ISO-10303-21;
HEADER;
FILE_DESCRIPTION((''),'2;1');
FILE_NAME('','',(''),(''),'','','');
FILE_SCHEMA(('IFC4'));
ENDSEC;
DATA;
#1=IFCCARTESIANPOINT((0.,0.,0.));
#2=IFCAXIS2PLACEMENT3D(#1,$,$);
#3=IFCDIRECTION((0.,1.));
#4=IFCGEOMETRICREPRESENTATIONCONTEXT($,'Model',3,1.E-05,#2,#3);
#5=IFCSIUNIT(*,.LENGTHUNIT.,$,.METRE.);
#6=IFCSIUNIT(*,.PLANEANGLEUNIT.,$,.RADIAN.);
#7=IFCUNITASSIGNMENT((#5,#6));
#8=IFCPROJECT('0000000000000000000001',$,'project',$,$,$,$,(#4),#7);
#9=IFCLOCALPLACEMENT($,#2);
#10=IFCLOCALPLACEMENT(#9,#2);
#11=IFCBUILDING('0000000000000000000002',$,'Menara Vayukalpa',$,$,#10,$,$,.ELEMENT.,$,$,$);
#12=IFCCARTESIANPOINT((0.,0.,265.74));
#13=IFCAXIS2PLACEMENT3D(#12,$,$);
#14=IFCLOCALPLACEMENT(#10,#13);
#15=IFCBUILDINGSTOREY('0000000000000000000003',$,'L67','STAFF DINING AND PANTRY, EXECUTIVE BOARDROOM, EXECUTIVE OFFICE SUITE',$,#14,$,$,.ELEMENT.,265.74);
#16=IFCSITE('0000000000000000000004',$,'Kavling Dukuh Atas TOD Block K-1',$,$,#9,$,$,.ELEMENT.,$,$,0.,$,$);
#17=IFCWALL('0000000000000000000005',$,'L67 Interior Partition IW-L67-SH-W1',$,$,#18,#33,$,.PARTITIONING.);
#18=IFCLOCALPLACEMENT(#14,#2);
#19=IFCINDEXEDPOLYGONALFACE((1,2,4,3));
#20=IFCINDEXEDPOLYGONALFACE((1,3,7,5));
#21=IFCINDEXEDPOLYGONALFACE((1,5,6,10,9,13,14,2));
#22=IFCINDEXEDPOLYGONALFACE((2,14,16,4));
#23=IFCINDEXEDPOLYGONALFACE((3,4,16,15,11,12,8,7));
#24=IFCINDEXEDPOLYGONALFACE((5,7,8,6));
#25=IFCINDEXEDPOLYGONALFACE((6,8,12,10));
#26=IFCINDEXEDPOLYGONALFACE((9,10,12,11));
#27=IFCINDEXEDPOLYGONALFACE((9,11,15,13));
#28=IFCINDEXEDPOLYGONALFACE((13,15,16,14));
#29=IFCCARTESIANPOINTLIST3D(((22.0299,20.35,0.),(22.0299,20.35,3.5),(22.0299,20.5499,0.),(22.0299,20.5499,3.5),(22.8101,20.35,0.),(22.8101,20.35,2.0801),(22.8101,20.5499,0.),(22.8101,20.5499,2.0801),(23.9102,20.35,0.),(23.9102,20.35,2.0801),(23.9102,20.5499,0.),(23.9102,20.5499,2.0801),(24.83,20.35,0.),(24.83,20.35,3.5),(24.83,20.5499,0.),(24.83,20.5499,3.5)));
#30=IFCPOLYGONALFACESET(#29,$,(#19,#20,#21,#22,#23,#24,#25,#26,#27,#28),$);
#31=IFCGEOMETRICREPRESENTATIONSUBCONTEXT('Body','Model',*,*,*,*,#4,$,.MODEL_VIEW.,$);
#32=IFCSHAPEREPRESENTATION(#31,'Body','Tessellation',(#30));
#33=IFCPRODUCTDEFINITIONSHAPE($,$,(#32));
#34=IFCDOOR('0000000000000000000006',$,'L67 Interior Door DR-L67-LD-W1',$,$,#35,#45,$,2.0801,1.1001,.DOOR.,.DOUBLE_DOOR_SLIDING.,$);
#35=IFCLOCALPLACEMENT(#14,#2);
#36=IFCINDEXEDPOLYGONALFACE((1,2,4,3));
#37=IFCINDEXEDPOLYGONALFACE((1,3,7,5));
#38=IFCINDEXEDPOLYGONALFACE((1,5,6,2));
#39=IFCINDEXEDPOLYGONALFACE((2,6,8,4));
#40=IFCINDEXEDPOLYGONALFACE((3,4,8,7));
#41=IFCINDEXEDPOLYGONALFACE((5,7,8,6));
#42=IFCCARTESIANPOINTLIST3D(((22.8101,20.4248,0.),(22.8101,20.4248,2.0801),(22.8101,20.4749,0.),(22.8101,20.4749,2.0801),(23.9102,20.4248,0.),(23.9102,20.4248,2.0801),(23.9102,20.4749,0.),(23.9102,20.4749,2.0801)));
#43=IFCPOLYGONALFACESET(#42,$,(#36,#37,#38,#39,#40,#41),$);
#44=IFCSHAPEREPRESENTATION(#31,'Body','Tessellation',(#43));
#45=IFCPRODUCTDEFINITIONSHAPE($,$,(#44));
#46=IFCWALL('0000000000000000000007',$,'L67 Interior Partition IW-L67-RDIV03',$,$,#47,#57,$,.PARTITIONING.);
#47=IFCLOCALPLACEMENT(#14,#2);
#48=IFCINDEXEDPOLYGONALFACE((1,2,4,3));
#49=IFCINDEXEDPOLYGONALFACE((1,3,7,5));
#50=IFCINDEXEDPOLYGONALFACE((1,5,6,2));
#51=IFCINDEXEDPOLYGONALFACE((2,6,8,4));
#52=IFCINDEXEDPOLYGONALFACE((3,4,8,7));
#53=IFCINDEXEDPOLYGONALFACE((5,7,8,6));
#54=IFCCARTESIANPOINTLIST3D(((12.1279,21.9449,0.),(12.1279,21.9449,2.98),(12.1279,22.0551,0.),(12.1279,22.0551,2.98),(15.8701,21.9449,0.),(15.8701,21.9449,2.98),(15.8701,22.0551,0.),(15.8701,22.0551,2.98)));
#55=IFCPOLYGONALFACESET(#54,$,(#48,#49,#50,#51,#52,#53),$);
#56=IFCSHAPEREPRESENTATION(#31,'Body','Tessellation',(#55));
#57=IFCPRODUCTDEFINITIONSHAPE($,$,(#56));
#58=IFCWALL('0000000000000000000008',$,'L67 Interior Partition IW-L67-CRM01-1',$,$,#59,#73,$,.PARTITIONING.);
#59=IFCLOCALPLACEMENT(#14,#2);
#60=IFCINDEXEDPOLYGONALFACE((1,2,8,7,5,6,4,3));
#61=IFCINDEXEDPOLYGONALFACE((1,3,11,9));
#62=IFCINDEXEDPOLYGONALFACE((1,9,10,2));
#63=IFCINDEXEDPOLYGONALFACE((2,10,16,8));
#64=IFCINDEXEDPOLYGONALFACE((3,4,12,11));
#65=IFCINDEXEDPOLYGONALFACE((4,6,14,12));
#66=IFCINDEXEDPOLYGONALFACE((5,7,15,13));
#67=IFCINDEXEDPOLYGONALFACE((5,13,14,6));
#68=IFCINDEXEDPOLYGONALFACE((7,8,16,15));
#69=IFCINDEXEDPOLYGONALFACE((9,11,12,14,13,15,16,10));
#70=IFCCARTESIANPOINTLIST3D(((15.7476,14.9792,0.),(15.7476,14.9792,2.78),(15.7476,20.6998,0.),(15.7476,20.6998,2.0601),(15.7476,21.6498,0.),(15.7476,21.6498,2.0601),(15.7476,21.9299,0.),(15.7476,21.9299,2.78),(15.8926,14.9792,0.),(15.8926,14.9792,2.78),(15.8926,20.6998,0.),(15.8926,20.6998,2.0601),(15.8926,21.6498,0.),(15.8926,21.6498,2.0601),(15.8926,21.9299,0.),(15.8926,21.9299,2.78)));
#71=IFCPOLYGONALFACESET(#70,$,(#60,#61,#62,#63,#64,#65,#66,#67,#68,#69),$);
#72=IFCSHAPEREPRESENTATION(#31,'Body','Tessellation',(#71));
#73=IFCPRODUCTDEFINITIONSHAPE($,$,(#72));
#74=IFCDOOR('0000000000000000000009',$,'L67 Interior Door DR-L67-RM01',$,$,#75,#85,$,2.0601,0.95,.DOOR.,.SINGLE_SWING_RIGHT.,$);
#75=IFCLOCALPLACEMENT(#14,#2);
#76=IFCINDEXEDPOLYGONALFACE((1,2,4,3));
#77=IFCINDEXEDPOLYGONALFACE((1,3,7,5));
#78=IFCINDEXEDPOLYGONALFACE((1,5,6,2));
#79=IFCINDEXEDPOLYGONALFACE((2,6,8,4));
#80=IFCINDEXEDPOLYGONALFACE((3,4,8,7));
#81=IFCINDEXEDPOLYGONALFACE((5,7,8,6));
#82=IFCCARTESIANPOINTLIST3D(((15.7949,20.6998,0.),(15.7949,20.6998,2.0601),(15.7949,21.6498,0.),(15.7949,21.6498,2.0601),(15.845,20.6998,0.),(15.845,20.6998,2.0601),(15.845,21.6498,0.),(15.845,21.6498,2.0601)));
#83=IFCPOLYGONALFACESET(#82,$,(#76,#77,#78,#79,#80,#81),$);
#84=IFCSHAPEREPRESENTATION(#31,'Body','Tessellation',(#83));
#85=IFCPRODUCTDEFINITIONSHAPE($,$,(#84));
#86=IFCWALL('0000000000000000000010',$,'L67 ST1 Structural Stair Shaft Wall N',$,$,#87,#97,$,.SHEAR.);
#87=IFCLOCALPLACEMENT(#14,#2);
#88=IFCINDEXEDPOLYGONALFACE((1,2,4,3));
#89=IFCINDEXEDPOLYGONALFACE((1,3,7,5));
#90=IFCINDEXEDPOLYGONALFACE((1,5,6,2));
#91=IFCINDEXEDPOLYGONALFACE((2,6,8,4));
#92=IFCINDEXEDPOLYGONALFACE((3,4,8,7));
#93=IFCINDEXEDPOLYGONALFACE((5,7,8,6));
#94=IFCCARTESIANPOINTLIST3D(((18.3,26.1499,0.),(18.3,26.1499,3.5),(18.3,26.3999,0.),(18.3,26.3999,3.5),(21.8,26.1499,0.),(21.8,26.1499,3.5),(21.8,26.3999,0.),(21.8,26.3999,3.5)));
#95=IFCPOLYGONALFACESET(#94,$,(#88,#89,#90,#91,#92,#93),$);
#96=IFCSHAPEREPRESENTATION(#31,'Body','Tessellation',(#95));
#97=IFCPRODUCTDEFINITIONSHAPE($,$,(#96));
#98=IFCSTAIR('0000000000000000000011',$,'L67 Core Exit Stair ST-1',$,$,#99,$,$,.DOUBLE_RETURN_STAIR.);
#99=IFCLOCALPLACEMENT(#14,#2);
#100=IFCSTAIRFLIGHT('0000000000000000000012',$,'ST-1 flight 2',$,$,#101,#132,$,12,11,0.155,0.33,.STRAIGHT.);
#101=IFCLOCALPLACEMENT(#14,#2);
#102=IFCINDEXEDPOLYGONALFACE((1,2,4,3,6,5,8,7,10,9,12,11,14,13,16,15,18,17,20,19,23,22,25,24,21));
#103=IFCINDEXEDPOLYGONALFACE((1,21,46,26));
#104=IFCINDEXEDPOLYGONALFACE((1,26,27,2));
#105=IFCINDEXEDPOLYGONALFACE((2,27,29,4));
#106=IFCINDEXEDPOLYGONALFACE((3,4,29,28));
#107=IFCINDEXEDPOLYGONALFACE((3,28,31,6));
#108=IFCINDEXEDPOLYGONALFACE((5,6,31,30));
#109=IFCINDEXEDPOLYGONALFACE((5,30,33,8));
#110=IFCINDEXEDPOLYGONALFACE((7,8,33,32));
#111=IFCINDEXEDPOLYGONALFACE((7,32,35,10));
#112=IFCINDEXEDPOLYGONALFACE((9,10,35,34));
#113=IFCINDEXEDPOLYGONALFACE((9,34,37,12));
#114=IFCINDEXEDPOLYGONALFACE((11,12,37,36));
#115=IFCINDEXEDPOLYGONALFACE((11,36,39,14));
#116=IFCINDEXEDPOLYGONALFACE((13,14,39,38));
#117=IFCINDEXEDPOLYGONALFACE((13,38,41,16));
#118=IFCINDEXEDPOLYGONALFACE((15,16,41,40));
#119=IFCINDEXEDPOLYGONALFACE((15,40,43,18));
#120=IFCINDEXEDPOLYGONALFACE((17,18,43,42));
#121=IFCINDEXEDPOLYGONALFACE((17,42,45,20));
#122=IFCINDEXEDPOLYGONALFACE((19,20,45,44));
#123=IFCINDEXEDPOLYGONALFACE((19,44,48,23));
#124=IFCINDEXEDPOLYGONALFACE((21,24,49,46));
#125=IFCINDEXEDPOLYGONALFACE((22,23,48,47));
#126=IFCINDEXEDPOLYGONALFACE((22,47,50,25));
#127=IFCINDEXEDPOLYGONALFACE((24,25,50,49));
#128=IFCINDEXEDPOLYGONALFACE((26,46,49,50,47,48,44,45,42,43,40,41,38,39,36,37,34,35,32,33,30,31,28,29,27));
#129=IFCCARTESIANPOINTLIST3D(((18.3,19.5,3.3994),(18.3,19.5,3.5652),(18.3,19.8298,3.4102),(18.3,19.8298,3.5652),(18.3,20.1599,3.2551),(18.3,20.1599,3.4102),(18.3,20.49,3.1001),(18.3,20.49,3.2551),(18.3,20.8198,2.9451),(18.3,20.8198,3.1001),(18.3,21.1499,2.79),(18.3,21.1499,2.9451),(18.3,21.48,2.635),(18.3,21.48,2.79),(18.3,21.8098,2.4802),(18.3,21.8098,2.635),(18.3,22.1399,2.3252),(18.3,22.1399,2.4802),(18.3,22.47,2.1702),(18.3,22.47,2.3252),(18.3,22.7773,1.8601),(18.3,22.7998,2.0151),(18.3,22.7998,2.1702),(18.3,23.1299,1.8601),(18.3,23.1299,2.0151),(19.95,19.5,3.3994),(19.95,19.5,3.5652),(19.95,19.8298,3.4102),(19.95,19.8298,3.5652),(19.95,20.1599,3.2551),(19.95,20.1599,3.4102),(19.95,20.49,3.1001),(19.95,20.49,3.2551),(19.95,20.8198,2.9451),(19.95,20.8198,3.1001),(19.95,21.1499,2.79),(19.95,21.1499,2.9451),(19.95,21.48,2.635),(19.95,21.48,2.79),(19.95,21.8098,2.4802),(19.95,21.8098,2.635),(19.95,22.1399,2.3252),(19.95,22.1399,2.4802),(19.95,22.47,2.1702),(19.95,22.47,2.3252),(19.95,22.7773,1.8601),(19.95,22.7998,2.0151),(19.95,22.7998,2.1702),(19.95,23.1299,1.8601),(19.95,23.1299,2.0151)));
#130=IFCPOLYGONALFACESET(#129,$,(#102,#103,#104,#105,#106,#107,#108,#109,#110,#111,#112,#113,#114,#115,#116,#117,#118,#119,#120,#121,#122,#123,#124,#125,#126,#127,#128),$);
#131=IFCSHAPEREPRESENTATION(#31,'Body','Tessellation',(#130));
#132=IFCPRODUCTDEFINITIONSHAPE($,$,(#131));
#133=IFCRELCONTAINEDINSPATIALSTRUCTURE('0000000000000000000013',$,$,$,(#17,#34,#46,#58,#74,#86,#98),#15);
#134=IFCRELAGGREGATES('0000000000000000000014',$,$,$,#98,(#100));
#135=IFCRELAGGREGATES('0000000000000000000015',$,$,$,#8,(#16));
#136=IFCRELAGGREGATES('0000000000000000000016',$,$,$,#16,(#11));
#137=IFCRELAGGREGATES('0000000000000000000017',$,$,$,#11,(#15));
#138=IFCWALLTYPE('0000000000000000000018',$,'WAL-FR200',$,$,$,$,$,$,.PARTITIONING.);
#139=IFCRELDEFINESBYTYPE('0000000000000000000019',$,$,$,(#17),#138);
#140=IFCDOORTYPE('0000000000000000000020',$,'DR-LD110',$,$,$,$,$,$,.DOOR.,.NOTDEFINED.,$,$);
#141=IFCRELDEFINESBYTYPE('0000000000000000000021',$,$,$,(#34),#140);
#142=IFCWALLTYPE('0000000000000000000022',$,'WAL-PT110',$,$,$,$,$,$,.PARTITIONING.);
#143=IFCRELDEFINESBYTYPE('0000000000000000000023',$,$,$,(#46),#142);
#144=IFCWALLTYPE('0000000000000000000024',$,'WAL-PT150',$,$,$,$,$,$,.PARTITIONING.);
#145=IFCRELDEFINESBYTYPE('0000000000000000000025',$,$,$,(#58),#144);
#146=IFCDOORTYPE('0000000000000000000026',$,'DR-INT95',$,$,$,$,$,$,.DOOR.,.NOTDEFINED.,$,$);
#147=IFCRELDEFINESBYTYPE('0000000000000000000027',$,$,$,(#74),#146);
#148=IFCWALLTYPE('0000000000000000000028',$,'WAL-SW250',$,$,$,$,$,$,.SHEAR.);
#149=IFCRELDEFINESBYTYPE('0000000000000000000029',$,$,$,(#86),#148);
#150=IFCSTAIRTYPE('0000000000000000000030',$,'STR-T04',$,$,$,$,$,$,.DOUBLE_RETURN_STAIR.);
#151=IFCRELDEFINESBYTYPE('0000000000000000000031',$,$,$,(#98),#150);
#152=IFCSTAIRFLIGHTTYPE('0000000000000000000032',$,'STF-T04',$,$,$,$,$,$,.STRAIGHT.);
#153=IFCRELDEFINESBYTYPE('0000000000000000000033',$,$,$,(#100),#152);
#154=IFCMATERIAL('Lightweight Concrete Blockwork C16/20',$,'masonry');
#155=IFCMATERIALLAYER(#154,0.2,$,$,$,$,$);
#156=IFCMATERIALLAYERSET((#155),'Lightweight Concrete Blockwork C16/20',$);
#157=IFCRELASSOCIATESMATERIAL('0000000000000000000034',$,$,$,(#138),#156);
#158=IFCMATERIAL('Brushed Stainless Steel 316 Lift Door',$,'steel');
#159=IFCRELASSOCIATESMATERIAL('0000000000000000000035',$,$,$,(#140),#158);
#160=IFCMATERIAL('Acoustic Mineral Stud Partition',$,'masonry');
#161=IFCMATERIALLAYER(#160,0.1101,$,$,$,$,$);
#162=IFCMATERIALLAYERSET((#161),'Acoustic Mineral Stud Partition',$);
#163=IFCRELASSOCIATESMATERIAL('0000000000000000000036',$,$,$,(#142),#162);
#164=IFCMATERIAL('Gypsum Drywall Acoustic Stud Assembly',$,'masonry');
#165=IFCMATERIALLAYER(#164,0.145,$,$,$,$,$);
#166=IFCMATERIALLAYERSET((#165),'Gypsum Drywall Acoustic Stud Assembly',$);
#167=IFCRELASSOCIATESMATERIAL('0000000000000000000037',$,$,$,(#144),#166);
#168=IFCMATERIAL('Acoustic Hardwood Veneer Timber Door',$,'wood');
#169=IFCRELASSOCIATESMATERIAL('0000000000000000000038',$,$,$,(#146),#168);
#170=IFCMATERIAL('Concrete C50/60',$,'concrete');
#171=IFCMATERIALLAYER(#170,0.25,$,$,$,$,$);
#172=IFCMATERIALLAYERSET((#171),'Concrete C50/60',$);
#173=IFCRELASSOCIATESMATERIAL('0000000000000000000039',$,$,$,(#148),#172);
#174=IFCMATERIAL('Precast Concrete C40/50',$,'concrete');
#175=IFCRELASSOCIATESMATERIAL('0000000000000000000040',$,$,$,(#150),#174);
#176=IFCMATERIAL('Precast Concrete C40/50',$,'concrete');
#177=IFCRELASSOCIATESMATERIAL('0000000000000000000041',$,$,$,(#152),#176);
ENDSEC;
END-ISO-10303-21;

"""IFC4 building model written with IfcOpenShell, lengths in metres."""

from ifc_helpers import new_model, si_unit, direction, frame, frame_2d, origin, place, context, subcontext, project, spatial, polyline, rectangle, outline, extrude, material, layer, layer_set, type_object, element, fill, aggregate, save


model = new_model("IFC4")

# Units and contexts
model_context = context("Model", 3, precision=1e-05, world=origin(), true_north=direction((0.0, 1.0)))
body_context = subcontext(model_context, "Body", "Model", "MODEL_VIEW")
ifc_project = project(units=[si_unit("LENGTHUNIT", "METRE"), si_unit("PLANEANGLEUNIT", "RADIAN")], contexts=[model_context])

# Site, building, storey
site_placement = place(None, origin())
site = spatial("IfcSite", under=ifc_project, at=site_placement, Name="Kavling Dukuh Atas TOD Block K-1", CompositionType="ELEMENT", RefElevation=0.0)
building_placement = place(site_placement, origin())
building = spatial("IfcBuilding", under=site, at=building_placement, Name="Menara Vayukalpa", CompositionType="ELEMENT")
storey_placement = place(building_placement, frame((0.0, 0.0, 265.74)))
storey = spatial("IfcBuildingStorey", under=building, at=storey_placement, Name="L67", Description="STAFF DINING AND PANTRY, EXECUTIVE BOARDROOM, EXECUTIVE OFFICE SUITE", CompositionType="ELEMENT", Elevation=265.74)

# Wall, opening, door
ifc_material_1 = material(Name="Lightweight Concrete Blockwork C16/20", Category="masonry")
ifc_layer_1 = layer(ifc_material_1, 0.2)
ifc_layer_set_1 = layer_set([ifc_layer_1], Name="Lightweight Concrete Blockwork C16/20")
wall_type_1 = type_object("IfcWallType", Name="WAL-FR200", PredefinedType="PARTITIONING", material=ifc_layer_set_1)
wall_1_placement = place(storey_placement, frame((22.03, 20.45, 0.0), z_axis=(0.0, 0.0, 1.0), x_axis=(1.0, 0.0, 0.0)))
wall_1 = element("IfcWall", 1, at=wall_1_placement, inside=storey, type_object=wall_type_1, Name="L67 Interior Partition IW-L67-SH-W1", PredefinedType="PARTITIONING", context=body_context, shape_type="SweptSolid", body=[
    extrude(rectangle(XDim=2.8, YDim=0.2, at=frame_2d((1.3999, 0.0))), origin(), (0.0, 0.0, 1.0), 3.5),
])
opening_1_placement = place(wall_1_placement, frame((0.78, 0.0, 0.0)))
opening_1 = element("IfcOpeningElement", 2, at=opening_1_placement, cuts=wall_1, PredefinedType="OPENING", context=body_context, shape_type="SweptSolid", body=[
    extrude(rectangle(XDim=1.1001, YDim=2.0801, at=frame_2d((0.55, 1.04))), frame((0.0, 0.1099, 0.0), z_axis=(0.0, -1.0, 0.0), x_axis=(1.0, 0.0, 0.0)), (0.0, 0.0, 1.0), 0.22),
])
ifc_material_2 = material(Name="Brushed Stainless Steel 316 Lift Door", Category="steel")
door_type_1 = type_object("IfcDoorType", Name="DR-LD110", OperationType="NOTDEFINED", PredefinedType="DOOR", material=ifc_material_2)
door_1_placement = place(opening_1_placement, origin())
door_1 = element("IfcDoor", 3, at=door_1_placement, inside=storey, type_object=door_type_1, Name="L67 Interior Door DR-L67-LD-W1", OperationType="DOUBLE_DOOR_SLIDING", OverallHeight=2.0801, OverallWidth=1.1001, PredefinedType="DOOR", context=body_context, shape_type="SweptSolid", body=[
    extrude(rectangle(XDim=1.1001, YDim=2.0801, at=frame_2d((0.55, 1.04))), frame((0.0, 0.0249, 0.0), z_axis=(0.0, -1.0, 0.0), x_axis=(1.0, 0.0, 0.0)), (0.0, 0.0, 1.0), 0.05),
])
fill(opening_1, door_1)

# Wall
ifc_material_3 = material(Name="Acoustic Mineral Stud Partition", Category="masonry")
ifc_layer_2 = layer(ifc_material_3, 0.1101)
ifc_layer_set_2 = layer_set([ifc_layer_2], Name="Acoustic Mineral Stud Partition")
wall_type_2 = type_object("IfcWallType", Name="WAL-PT110", PredefinedType="PARTITIONING", material=ifc_layer_set_2)
wall_2_placement = place(storey_placement, frame((15.8701, 22.0, 0.0), z_axis=(0.0, 0.0, 1.0), x_axis=(-1.0, 0.0, 0.0)))
element("IfcWall", 4, at=wall_2_placement, inside=storey, type_object=wall_type_2, Name="L67 Interior Partition IW-L67-RDIV03", PredefinedType="PARTITIONING", context=body_context, shape_type="SweptSolid", body=[
    extrude(rectangle(XDim=3.7422, YDim=0.1101, at=frame_2d((1.8711, 0.0))), origin(), (0.0, 0.0, 1.0), 2.98),
])

# Wall, opening, door
ifc_material_4 = material(Name="Gypsum Drywall Acoustic Stud Assembly", Category="masonry")
ifc_layer_3 = layer(ifc_material_4, 0.145)
ifc_layer_set_3 = layer_set([ifc_layer_3], Name="Gypsum Drywall Acoustic Stud Assembly")
wall_type_3 = type_object("IfcWallType", Name="WAL-PT150", PredefinedType="PARTITIONING", material=ifc_layer_set_3)
wall_3_placement = place(storey_placement, frame((15.8201, 21.9299, 0.0), z_axis=(0.0, 0.0, 1.0), x_axis=(0.0, -1.0, 0.0)))
wall_3 = element("IfcWall", 5, at=wall_3_placement, inside=storey, type_object=wall_type_3, Name="L67 Interior Partition IW-L67-CRM01-1", PredefinedType="PARTITIONING", context=body_context, shape_type="SweptSolid", body=[
    extrude(rectangle(XDim=6.9507, YDim=0.145, at=frame_2d((3.4753, 0.0))), origin(), (0.0, 0.0, 1.0), 2.78),
])
opening_2_placement = place(wall_3_placement, frame((0.28, 0.0, 0.0)))
opening_2 = element("IfcOpeningElement", 6, at=opening_2_placement, cuts=wall_3, PredefinedType="OPENING", context=body_context, shape_type="SweptSolid", body=[
    extrude(rectangle(XDim=0.95, YDim=2.0601, at=frame_2d((0.4751, 1.03))), frame((0.0, 0.0825, 0.0), z_axis=(0.0, -1.0, 0.0), x_axis=(1.0, 0.0, 0.0)), (0.0, 0.0, 1.0), 0.165),
])
ifc_material_5 = material(Name="Acoustic Hardwood Veneer Timber Door", Category="wood")
door_type_2 = type_object("IfcDoorType", Name="DR-INT95", OperationType="NOTDEFINED", PredefinedType="DOOR", material=ifc_material_5)
door_2_placement = place(opening_2_placement, origin())
door_2 = element("IfcDoor", 7, at=door_2_placement, inside=storey, type_object=door_type_2, Name="L67 Interior Door DR-L67-RM01", OperationType="SINGLE_SWING_RIGHT", OverallHeight=2.0601, OverallWidth=0.95, PredefinedType="DOOR", context=body_context, shape_type="SweptSolid", body=[
    extrude(rectangle(XDim=0.95, YDim=2.0601, at=frame_2d((0.4751, 1.03))), frame((0.0, 0.0249, 0.0), z_axis=(0.0, -1.0, 0.0), x_axis=(1.0, 0.0, 0.0)), (0.0, 0.0, 1.0), 0.05),
])
fill(opening_2, door_2)

# Wall
ifc_material_6 = material(Name="Concrete C50/60", Category="concrete")
ifc_layer_4 = layer(ifc_material_6, 0.25)
ifc_layer_set_4 = layer_set([ifc_layer_4], Name="Concrete C50/60")
wall_type_4 = type_object("IfcWallType", Name="WAL-SW250", PredefinedType="SHEAR", material=ifc_layer_set_4)
wall_4_placement = place(storey_placement, frame((18.3, 26.2749, 0.0), z_axis=(0.0, 0.0, 1.0), x_axis=(1.0, 0.0, 0.0)))
element("IfcWall", 8, at=wall_4_placement, inside=storey, type_object=wall_type_4, Name="L67 ST1 Structural Stair Shaft Wall N", PredefinedType="SHEAR", context=body_context, shape_type="SweptSolid", body=[
    extrude(rectangle(XDim=3.5, YDim=0.25, at=frame_2d((1.75, 0.0))), origin(), (0.0, 0.0, 1.0), 3.5),
])

# Stair, stair flight
ifc_material_7 = material(Name="Precast Concrete C40/50", Category="concrete")
stair_type = type_object("IfcStairType", Name="STR-T04", PredefinedType="DOUBLE_RETURN_STAIR", material=ifc_material_7)
stair_placement = place(storey_placement, origin())
stair = element("IfcStair", 9, at=stair_placement, inside=storey, type_object=stair_type, Name="L67 Core Exit Stair ST-1", PredefinedType="DOUBLE_RETURN_STAIR")
ifc_material_8 = material(Name="Precast Concrete C40/50", Category="concrete")
stair_flight_type = type_object("IfcStairFlightType", Name="STF-T04", PredefinedType="STRAIGHT", material=ifc_material_8)
stair_flight_placement = place(storey_placement, frame((19.125, 23.1299, 1.8601), z_axis=(0.0, 0.0, 1.0), x_axis=(0.0, -1.0, 0.0)))
stair_flight = element("IfcStairFlight", 10, at=stair_flight_placement, type_object=stair_flight_type, Name="ST-1 flight 2", NumberOfRisers=12, NumberOfTreads=11, PredefinedType="STRAIGHT", RiserHeight=0.155, TreadLength=0.33, context=body_context, shape_type="SweptSolid", body=[
    extrude(outline(polyline([(0.0, 0.0), (0.0, 0.155), (0.3301, 0.155), (0.3301, 0.3101), (0.6599, 0.3101), (0.6599, 0.4651), (0.99, 0.4651), (0.99, 0.6201), (1.3201, 0.6201), (1.3201, 0.7749), (1.6499, 0.7749), (1.6499, 0.9299), (1.98, 0.9299), (1.98, 1.085), (2.3101, 1.085), (2.3101, 1.24), (2.6399, 1.24), (2.6399, 1.395), (2.97, 1.395), (2.97, 1.55), (3.3, 1.55), (3.3, 1.7051), (3.6299, 1.7051), (3.6299, 1.8601), (3.6299, 1.5393), (0.3525, 0.0), (0.0, 0.0)])), frame((0.0, 0.825, 0.0), z_axis=(0.0, -1.0, 0.0), x_axis=(1.0, 0.0, 0.0)), (0.0, 0.0, 1.0), 1.6499),
])
aggregate(stair, [stair_flight])

save(model, "model.ifc")
